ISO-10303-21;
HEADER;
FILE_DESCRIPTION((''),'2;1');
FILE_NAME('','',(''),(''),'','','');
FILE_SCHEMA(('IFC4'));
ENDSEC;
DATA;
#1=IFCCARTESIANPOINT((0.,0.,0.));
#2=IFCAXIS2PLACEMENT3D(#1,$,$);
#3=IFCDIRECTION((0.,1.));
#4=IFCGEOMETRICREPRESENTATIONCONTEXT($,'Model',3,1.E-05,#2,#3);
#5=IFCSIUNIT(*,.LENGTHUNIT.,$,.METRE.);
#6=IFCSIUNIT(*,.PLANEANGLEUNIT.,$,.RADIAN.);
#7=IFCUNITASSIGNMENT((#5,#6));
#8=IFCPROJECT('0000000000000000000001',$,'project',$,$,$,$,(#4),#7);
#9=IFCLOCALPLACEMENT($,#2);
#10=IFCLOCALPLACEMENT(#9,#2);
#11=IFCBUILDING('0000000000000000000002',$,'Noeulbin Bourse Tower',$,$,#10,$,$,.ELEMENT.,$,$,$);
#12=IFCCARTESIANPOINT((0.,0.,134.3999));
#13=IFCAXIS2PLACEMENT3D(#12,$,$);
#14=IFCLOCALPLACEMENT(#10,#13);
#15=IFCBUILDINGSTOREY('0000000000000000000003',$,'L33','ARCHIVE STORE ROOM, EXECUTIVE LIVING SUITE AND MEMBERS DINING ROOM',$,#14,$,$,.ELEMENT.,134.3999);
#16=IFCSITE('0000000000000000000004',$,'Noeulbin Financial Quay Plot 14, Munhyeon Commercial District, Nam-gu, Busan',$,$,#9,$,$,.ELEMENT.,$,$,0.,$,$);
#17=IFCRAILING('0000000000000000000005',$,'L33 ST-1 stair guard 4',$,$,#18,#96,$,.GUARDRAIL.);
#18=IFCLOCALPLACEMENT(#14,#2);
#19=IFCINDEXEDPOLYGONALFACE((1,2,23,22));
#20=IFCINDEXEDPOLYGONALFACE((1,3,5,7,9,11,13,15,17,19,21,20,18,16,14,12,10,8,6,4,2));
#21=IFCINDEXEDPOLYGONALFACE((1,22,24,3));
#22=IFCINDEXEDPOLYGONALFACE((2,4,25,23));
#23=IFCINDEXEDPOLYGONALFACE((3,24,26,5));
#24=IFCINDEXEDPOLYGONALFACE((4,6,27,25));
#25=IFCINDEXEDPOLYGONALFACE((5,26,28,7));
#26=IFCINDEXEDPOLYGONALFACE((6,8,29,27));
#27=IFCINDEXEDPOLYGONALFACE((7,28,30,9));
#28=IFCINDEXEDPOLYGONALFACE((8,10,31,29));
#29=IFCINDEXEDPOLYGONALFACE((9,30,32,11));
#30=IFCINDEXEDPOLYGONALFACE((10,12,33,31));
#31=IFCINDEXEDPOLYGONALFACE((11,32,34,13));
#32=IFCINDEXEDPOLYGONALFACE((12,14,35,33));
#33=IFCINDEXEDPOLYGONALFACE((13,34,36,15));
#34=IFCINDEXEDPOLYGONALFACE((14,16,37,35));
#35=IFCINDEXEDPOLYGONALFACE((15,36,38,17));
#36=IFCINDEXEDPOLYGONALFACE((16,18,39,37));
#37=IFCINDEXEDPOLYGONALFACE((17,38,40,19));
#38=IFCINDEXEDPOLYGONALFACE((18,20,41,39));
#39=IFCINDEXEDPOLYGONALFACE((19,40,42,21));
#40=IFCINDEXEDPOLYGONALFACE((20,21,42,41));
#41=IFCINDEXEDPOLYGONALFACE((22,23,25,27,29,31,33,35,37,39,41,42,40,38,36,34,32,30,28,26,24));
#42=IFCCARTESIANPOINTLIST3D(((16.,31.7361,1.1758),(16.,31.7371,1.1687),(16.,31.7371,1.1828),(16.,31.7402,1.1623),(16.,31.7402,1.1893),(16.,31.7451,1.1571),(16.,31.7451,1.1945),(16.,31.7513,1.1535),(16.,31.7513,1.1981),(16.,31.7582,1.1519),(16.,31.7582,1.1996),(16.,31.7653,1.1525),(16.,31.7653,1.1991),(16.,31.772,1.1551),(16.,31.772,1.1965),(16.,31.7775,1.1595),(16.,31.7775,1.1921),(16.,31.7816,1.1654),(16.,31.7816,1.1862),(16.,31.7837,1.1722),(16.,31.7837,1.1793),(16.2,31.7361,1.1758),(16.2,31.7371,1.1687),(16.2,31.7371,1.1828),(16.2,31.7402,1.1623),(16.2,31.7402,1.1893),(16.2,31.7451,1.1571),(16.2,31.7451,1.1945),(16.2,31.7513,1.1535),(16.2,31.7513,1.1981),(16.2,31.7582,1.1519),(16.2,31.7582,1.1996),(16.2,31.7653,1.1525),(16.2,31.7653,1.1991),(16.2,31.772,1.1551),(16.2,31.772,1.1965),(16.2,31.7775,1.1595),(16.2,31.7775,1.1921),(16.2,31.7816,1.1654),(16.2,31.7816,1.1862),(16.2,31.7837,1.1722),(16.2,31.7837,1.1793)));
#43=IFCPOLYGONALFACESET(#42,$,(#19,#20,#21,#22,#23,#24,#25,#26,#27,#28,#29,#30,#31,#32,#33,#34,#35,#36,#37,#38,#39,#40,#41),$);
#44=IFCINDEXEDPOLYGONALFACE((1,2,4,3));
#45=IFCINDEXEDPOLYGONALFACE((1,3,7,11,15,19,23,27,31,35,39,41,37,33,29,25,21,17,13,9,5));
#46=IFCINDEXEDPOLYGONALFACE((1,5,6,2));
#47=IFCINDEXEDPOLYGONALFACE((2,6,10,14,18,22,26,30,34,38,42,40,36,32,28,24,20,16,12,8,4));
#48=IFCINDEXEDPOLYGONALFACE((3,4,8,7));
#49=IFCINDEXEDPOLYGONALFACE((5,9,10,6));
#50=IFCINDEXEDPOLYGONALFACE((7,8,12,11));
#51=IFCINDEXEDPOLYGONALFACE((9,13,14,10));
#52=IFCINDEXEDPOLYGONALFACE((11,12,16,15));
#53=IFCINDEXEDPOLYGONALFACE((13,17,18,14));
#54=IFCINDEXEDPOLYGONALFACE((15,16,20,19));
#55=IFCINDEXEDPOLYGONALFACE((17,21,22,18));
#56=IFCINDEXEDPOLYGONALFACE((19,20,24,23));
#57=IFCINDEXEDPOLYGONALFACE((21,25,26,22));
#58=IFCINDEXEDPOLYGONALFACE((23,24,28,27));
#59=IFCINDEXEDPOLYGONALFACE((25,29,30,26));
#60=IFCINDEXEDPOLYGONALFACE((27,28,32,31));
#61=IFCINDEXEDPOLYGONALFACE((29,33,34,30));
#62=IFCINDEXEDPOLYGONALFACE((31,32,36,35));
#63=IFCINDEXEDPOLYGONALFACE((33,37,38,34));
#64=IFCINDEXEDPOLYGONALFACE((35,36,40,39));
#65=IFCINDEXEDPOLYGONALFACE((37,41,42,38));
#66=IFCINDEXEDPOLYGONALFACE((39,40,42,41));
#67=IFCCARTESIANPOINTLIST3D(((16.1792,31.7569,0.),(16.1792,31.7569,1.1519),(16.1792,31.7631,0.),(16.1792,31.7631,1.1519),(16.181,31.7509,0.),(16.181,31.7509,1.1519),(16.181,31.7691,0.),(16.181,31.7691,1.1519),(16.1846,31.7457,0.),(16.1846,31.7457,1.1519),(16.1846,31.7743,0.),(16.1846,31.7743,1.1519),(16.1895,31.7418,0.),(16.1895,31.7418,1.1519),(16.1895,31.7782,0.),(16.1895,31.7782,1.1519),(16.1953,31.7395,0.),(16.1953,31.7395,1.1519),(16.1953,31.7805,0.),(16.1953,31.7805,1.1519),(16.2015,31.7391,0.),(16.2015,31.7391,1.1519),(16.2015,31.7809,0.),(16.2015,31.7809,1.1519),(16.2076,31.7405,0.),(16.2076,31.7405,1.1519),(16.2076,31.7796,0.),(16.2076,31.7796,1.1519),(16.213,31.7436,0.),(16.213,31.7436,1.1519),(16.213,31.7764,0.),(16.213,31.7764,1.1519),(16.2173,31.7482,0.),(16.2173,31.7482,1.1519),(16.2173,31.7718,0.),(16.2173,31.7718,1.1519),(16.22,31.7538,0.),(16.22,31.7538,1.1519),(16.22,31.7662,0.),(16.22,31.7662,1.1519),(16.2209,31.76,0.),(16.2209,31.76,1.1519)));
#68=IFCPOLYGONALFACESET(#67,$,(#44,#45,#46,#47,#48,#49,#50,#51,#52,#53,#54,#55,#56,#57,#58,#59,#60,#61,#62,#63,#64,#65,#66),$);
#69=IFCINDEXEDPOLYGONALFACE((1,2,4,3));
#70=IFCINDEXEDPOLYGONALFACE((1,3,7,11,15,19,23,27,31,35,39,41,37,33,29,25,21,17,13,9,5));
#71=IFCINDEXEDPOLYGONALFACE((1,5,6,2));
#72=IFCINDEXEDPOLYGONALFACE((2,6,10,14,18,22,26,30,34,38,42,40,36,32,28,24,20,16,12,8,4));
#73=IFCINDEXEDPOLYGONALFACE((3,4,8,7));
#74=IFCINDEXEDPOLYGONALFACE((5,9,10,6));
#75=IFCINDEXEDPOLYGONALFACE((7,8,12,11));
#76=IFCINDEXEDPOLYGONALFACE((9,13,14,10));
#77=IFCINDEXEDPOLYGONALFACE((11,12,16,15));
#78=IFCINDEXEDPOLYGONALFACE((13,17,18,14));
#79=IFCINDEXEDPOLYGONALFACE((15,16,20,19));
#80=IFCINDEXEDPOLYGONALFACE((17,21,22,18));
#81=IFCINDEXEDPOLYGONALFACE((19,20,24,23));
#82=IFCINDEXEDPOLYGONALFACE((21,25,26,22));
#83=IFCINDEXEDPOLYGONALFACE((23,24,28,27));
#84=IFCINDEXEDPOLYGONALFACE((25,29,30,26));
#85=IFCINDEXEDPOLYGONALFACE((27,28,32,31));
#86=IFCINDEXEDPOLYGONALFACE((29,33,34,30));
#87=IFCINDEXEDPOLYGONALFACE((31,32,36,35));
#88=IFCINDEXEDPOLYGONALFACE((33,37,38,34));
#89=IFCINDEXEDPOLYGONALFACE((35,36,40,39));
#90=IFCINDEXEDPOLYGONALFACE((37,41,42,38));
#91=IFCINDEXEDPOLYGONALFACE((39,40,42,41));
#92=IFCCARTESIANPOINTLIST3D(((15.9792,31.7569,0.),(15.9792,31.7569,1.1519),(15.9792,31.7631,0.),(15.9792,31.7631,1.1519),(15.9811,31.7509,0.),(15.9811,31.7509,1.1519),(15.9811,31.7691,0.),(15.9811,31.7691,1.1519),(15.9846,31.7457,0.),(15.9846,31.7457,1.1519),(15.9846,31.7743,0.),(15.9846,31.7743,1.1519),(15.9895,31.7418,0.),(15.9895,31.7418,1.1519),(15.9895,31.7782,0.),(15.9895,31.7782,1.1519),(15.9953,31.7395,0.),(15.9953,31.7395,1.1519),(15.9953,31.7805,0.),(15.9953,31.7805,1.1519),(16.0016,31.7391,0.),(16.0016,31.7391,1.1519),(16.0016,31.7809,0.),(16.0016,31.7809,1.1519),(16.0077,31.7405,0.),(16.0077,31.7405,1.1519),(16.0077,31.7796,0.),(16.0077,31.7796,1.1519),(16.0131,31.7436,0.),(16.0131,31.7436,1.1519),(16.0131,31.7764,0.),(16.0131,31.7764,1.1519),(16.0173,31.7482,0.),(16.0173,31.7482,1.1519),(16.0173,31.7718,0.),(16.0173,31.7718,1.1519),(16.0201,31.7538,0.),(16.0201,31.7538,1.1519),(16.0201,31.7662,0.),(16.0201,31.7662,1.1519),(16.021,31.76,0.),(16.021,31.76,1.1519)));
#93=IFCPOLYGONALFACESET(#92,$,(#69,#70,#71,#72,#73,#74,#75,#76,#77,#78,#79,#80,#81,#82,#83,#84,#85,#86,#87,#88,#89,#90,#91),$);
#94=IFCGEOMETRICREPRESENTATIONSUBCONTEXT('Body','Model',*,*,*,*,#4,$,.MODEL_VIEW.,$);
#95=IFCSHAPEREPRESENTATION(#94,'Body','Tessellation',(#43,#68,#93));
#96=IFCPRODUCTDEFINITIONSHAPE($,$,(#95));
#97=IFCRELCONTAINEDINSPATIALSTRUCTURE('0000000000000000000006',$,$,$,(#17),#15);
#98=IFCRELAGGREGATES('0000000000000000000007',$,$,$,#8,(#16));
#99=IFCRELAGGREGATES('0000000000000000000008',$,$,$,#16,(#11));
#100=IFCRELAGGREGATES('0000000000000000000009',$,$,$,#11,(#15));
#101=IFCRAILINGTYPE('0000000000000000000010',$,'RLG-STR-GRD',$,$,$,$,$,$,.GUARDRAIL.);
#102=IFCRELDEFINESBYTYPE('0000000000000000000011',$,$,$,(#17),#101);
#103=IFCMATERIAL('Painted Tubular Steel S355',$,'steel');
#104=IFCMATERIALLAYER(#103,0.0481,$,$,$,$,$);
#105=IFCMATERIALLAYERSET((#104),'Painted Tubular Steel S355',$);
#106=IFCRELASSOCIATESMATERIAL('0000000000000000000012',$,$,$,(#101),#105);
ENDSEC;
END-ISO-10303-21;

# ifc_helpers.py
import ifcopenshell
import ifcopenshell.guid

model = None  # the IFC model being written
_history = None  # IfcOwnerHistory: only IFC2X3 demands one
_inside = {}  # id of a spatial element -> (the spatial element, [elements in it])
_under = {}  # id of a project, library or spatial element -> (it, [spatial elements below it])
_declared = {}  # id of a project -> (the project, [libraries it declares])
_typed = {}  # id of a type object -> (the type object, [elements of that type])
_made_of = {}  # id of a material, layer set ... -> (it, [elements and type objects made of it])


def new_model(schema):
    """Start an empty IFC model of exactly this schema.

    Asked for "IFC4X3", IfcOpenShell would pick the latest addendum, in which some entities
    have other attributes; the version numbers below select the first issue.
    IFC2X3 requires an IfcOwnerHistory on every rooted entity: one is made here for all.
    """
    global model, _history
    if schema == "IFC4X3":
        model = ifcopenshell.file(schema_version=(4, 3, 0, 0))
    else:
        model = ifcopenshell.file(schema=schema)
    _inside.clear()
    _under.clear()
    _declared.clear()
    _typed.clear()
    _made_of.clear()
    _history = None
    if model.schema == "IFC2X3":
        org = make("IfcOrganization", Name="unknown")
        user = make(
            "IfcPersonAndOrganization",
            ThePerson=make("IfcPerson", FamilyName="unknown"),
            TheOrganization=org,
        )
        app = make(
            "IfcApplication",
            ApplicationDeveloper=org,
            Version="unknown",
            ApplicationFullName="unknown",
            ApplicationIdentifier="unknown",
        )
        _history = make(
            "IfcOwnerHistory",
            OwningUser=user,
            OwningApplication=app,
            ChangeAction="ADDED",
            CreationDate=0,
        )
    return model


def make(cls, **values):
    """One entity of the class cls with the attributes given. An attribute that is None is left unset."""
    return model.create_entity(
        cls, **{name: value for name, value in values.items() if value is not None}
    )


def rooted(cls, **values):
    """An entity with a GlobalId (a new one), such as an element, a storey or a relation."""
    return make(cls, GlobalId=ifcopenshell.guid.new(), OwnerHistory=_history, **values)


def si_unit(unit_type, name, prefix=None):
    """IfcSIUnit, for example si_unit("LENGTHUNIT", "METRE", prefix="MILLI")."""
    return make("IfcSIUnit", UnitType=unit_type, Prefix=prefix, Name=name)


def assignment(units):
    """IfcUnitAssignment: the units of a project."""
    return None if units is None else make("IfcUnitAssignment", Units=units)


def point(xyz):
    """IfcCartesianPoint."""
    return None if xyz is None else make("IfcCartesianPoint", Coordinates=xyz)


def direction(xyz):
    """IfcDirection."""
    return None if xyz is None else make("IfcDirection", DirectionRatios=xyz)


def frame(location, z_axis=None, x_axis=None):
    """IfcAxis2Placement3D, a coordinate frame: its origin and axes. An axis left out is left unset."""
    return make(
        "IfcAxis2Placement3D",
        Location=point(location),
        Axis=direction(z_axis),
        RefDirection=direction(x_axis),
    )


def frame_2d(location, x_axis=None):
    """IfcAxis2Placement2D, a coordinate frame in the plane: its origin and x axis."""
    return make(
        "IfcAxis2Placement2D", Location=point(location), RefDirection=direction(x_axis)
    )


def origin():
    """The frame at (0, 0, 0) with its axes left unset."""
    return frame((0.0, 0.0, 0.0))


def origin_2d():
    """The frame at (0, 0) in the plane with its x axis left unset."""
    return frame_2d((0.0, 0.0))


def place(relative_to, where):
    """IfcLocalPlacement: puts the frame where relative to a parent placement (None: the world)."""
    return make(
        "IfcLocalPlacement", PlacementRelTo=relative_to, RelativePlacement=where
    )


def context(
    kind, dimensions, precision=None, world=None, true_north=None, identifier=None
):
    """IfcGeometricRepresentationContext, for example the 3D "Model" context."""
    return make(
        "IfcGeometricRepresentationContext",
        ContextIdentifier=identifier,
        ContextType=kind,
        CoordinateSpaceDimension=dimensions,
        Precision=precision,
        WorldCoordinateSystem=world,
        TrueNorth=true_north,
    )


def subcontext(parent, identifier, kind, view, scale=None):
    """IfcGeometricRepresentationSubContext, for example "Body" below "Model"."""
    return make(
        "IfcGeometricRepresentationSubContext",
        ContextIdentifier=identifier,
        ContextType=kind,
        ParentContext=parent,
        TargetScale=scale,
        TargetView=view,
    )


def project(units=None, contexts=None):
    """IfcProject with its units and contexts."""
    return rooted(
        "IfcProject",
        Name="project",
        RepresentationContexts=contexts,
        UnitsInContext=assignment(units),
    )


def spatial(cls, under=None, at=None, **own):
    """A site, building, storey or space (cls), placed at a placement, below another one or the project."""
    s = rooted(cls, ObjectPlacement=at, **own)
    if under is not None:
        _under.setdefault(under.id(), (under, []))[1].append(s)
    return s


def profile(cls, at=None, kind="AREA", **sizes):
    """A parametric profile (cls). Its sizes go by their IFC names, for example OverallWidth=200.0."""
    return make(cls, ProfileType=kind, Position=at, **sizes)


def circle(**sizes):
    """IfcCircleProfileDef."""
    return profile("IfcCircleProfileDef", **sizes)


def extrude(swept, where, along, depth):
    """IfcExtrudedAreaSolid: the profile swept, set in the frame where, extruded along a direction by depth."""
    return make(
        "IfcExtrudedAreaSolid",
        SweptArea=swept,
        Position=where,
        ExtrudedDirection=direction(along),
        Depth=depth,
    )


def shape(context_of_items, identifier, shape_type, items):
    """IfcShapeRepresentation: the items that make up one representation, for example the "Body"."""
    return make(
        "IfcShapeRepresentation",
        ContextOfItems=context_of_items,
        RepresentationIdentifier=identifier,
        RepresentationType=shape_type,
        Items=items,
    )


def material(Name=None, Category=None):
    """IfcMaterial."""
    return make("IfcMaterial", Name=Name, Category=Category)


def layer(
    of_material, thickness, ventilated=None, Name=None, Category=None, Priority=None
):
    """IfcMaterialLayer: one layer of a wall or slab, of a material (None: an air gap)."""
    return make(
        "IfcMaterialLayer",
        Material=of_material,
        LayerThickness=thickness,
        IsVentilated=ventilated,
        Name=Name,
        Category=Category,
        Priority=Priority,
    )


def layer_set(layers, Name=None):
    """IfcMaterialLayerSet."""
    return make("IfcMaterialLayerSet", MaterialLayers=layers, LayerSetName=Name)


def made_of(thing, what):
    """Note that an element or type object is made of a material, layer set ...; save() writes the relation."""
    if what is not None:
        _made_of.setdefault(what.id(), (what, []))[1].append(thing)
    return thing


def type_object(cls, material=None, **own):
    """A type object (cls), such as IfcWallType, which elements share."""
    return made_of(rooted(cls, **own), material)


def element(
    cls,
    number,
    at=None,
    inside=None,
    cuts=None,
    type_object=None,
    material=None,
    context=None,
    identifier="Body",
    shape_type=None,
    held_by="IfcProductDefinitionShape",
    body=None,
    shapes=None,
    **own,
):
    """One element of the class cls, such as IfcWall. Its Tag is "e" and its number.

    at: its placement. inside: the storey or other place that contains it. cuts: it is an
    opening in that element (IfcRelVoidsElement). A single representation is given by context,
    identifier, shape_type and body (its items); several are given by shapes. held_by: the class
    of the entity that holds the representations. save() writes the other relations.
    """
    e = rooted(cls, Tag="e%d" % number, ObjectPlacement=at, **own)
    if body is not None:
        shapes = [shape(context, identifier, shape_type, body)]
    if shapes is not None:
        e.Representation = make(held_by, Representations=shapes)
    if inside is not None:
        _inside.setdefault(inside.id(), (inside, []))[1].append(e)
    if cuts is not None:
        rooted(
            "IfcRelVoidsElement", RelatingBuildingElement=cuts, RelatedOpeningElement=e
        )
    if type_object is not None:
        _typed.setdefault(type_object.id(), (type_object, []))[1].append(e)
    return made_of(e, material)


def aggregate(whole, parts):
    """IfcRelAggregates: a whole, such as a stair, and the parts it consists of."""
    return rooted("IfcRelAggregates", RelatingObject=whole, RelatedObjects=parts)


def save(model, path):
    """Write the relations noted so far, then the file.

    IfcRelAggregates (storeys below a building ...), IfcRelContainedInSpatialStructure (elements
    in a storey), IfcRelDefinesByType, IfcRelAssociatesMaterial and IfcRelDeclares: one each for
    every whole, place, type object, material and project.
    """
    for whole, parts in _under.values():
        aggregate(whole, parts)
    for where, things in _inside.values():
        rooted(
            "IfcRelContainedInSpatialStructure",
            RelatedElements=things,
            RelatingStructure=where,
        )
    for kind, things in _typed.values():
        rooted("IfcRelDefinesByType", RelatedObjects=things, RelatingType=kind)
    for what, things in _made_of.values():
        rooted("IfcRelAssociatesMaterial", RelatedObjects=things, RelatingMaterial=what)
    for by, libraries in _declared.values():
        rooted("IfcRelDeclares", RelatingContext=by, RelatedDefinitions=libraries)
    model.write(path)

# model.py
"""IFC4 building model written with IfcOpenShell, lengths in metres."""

from ifc_helpers import new_model, si_unit, direction, frame, origin, origin_2d, place, context, subcontext, project, spatial, circle, extrude, material, layer, layer_set, type_object, element, save


model = new_model("IFC4")

# Units and contexts
model_context = context("Model", 3, precision=1e-05, world=origin(), true_north=direction((0.0, 1.0)))
body_context = subcontext(model_context, "Body", "Model", "MODEL_VIEW")
ifc_project = project(units=[si_unit("LENGTHUNIT", "METRE"), si_unit("PLANEANGLEUNIT", "RADIAN")], contexts=[model_context])

# Site, building, storey
site_placement = place(None, origin())
site = spatial("IfcSite", under=ifc_project, at=site_placement, Name="Noeulbin Financial Quay Plot 14, Munhyeon Commercial District, Nam-gu, Busan", CompositionType="ELEMENT", RefElevation=0.0)
building_placement = place(site_placement, origin())
building = spatial("IfcBuilding", under=site, at=building_placement, Name="Noeulbin Bourse Tower", CompositionType="ELEMENT")
storey_placement = place(building_placement, frame((0.0, 0.0, 134.3999)))
storey = spatial("IfcBuildingStorey", under=building, at=storey_placement, Name="L33", Description="ARCHIVE STORE ROOM, EXECUTIVE LIVING SUITE AND MEMBERS DINING ROOM", CompositionType="ELEMENT", Elevation=134.3999)

# Railing
ifc_material_1 = material(Name="Painted Tubular Steel S355", Category="steel")
ifc_layer_1 = layer(ifc_material_1, 0.0481)
ifc_layer_set_1 = layer_set([ifc_layer_1], Name="Painted Tubular Steel S355")
railing_type_1 = type_object("IfcRailingType", Name="RLG-STR-GRD", PredefinedType="GUARDRAIL", material=ifc_layer_set_1)
railing_1_placement = place(storey_placement, frame((16.2, 31.76, 0.0)))
element("IfcRailing", 1, at=railing_1_placement, inside=storey, type_object=railing_type_1, Name="L33 ST-1 stair guard 4", PredefinedType="GUARDRAIL", context=body_context, shape_type="SweptSolid", body=[
    extrude(circle(Radius=0.0239, at=origin_2d()), frame((0.0, 0.0, 1.1758), z_axis=(-1.0, 0.0, 0.0), x_axis=(0.0, -1.0, 0.0)), (0.0, 0.0, 1.0), 0.2),
    extrude(circle(Radius=0.021, at=origin_2d()), origin(), (0.0, 0.0, 1.0), 1.1519),
    extrude(circle(Radius=0.021, at=origin_2d()), frame((-0.2, 0.0, 0.0)), (0.0, 0.0, 1.0), 1.1519),
])

save(model, "model.ifc")
